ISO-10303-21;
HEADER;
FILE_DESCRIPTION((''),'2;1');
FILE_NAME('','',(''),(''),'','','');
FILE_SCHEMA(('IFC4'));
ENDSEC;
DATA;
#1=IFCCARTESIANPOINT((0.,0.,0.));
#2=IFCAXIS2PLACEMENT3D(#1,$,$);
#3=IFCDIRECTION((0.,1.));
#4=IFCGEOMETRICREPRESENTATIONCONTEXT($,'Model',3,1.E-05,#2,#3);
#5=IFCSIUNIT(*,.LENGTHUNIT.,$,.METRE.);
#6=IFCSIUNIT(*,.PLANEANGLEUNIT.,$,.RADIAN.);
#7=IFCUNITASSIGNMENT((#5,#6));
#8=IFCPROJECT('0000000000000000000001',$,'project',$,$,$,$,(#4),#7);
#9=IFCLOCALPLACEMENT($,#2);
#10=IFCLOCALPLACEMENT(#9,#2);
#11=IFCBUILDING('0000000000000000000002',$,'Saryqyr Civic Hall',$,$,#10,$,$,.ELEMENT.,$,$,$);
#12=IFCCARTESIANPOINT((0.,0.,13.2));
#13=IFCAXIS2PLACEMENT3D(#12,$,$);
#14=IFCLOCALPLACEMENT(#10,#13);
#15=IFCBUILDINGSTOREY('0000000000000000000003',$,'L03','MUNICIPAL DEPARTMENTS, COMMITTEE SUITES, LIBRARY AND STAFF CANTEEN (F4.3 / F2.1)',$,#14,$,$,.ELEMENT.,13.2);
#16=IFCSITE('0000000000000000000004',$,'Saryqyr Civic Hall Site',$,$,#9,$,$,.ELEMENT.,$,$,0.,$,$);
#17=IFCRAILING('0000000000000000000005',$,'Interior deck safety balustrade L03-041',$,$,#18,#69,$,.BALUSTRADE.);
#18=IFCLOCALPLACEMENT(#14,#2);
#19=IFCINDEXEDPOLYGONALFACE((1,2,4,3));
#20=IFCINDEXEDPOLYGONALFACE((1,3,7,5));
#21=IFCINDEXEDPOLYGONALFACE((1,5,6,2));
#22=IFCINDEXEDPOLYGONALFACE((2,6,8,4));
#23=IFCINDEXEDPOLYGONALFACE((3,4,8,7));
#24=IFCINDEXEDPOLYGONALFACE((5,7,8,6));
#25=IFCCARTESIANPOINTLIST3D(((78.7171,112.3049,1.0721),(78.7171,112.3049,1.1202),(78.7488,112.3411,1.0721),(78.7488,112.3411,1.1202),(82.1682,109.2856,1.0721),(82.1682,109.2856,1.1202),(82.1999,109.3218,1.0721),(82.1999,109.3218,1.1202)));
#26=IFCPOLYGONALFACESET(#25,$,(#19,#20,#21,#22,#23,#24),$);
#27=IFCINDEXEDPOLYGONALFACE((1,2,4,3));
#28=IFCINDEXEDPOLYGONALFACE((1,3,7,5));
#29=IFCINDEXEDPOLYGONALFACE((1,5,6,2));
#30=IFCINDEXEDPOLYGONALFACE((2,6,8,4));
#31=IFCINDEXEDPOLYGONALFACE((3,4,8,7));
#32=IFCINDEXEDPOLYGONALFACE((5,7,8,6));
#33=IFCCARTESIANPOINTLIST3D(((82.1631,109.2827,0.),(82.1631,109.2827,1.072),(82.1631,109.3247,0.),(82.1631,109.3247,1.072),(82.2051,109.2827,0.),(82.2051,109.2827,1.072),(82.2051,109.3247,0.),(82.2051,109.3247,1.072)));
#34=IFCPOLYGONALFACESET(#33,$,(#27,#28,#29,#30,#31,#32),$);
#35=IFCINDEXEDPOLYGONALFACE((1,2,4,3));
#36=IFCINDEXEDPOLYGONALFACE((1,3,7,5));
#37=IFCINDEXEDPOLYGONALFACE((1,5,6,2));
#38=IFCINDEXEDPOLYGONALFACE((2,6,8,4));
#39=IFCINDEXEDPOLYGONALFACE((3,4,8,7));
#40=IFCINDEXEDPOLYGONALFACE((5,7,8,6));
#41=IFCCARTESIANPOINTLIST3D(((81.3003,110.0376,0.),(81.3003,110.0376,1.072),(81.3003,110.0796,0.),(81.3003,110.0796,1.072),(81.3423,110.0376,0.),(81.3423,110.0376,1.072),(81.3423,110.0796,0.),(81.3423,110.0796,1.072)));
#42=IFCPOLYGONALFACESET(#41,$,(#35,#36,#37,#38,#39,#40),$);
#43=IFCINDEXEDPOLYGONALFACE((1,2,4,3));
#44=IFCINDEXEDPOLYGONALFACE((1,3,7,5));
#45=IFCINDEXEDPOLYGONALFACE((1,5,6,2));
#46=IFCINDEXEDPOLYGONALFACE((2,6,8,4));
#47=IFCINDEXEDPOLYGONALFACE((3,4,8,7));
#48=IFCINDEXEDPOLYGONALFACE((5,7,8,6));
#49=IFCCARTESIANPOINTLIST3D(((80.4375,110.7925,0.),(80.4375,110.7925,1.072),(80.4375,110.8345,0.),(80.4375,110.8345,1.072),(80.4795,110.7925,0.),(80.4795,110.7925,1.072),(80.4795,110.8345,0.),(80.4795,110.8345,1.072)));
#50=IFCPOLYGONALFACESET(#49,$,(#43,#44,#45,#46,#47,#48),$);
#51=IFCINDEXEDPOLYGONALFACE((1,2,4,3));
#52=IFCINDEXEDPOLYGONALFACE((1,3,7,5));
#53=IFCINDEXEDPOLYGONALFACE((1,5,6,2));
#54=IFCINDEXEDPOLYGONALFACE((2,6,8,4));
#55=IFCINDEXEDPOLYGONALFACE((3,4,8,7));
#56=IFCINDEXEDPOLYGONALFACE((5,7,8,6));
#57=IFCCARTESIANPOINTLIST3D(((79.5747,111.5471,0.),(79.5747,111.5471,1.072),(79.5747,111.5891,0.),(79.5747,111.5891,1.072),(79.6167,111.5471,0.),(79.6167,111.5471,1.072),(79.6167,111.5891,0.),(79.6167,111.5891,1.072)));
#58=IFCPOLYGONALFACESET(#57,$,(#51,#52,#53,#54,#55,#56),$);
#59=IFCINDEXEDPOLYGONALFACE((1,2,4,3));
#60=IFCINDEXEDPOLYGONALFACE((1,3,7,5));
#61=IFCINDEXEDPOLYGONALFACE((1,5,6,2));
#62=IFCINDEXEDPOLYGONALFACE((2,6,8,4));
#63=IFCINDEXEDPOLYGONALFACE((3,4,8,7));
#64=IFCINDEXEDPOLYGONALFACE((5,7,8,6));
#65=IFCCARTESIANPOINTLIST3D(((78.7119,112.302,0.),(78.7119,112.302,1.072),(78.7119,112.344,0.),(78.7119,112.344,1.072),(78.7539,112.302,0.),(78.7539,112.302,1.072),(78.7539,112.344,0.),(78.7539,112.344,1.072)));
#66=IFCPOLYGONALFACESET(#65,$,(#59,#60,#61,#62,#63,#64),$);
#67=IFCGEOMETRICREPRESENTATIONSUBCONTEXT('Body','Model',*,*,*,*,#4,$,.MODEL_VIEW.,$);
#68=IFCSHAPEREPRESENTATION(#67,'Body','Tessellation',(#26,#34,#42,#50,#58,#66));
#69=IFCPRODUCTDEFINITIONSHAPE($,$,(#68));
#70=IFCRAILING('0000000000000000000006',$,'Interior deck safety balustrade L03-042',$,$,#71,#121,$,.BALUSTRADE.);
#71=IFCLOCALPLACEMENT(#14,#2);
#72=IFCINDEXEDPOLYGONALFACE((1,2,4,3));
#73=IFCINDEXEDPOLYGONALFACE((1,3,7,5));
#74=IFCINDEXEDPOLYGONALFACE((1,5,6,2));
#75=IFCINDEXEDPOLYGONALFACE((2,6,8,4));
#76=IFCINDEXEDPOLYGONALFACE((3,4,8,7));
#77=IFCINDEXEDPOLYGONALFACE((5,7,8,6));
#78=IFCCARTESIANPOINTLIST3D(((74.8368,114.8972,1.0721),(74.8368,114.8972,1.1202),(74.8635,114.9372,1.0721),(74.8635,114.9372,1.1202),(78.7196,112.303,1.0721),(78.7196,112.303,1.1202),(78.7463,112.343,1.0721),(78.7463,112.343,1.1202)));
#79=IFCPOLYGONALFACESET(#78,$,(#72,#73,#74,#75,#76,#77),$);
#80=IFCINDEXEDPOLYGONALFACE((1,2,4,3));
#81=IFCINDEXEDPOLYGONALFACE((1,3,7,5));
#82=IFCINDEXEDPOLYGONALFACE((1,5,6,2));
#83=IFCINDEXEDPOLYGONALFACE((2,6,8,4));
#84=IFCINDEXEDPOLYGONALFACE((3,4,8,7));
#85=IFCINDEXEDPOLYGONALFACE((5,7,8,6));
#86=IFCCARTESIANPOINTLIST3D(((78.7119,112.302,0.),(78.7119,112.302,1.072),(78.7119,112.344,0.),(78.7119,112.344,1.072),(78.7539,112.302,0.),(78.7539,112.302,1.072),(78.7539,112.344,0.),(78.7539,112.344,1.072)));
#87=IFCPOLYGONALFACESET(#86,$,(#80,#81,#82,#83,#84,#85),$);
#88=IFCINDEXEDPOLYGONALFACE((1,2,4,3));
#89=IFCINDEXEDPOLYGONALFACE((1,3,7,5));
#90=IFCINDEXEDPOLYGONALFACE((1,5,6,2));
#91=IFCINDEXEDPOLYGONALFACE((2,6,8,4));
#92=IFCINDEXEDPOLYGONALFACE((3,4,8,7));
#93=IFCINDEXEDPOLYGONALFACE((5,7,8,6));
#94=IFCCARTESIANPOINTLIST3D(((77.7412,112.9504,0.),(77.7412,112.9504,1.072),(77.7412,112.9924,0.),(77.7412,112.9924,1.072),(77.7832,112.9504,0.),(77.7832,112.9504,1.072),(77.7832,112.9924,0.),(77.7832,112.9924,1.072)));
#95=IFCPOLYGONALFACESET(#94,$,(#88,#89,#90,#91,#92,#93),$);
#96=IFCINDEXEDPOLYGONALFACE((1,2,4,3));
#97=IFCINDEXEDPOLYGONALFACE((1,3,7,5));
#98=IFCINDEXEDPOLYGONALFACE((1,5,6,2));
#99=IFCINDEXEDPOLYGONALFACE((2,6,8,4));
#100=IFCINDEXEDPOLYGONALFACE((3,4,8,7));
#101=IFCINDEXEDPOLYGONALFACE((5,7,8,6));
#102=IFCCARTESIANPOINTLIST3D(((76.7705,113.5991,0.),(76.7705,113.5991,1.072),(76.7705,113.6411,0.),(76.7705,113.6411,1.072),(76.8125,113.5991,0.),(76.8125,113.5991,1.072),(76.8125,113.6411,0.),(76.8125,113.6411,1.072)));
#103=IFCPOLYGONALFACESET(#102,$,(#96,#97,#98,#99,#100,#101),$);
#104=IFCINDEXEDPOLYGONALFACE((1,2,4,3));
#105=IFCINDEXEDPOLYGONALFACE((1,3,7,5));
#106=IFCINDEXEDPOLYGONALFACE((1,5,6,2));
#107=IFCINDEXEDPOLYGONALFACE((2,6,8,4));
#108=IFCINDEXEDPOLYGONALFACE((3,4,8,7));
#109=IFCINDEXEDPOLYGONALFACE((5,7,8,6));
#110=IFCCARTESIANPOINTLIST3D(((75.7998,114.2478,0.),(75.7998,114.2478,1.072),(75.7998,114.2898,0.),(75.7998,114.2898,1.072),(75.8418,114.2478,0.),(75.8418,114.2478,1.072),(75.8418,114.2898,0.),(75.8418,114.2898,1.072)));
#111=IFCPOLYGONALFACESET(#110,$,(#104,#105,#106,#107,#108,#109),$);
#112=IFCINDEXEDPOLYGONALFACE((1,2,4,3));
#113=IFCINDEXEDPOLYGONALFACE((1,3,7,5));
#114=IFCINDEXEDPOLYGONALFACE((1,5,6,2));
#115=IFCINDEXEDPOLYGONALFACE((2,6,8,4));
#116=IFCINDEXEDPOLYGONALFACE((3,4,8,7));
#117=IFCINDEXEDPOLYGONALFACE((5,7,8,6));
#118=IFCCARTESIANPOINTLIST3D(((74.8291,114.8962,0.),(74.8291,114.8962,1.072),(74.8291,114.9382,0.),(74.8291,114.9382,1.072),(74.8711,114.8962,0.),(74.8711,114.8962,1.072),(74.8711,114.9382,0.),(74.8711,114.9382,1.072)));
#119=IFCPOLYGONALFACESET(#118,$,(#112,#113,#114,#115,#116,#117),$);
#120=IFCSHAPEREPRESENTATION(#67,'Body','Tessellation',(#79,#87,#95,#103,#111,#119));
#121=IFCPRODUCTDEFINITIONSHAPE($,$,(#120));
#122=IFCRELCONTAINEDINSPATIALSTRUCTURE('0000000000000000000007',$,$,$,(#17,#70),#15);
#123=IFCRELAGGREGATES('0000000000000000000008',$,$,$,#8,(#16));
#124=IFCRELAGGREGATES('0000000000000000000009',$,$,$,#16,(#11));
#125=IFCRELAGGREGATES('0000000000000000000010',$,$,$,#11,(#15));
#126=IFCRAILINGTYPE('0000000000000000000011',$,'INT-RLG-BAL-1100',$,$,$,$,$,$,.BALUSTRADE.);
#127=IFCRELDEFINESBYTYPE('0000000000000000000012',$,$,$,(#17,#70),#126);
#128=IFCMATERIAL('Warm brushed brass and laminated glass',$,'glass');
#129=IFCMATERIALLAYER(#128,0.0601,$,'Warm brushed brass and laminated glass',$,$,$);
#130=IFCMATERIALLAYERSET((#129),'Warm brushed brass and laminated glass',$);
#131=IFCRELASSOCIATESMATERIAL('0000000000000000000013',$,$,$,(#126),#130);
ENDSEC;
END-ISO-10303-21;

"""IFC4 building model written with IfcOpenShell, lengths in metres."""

from ifc_helpers import new_model, si_unit, direction, frame, origin, origin_2d, place, context, subcontext, project, spatial, rectangle, extrude, material, layer, layer_set, type_object, element, save


model = new_model("IFC4")

# Units and contexts
model_context = context("Model", 3, precision=1e-05, world=origin(), true_north=direction((0.0, 1.0)))
body_context = subcontext(model_context, "Body", "Model", "MODEL_VIEW")
ifc_project = project(units=[si_unit("LENGTHUNIT", "METRE"), si_unit("PLANEANGLEUNIT", "RADIAN")], contexts=[model_context])

# Site, building, storey
site_placement = place(None, origin())
site = spatial("IfcSite", under=ifc_project, at=site_placement, Name="Saryqyr Civic Hall Site", CompositionType="ELEMENT", RefElevation=0.0)
building_placement = place(site_placement, origin())
building = spatial("IfcBuilding", under=site, at=building_placement, Name="Saryqyr Civic Hall", CompositionType="ELEMENT")
storey_placement = place(building_placement, frame((0.0, 0.0, 13.2)))
storey = spatial("IfcBuildingStorey", under=building, at=storey_placement, Name="L03", Description="MUNICIPAL DEPARTMENTS, COMMITTEE SUITES, LIBRARY AND STAFF CANTEEN (F4.3 / F2.1)", CompositionType="ELEMENT", Elevation=13.2)

# Railings
ifc_material_1 = material(Name="Warm brushed brass and laminated glass", Category="glass")
ifc_layer_1 = layer(ifc_material_1, 0.0601, Name="Warm brushed brass and laminated glass")
ifc_layer_set_1 = layer_set([ifc_layer_1], Name="Warm brushed brass and laminated glass")
railing_type = type_object("IfcRailingType", Name="INT-RLG-BAL-1100", PredefinedType="BALUSTRADE", material=ifc_layer_set_1)
railing_1_placement = place(storey_placement, frame((82.1841, 109.3037, 0.0)))
element("IfcRailing", 1, at=railing_1_placement, inside=storey, type_object=railing_type, Name="Interior deck safety balustrade L03-041", PredefinedType="BALUSTRADE", context=body_context, shape_type="SweptSolid", body=[
    extrude(rectangle(XDim=0.0481, YDim=0.0481, at=origin_2d()), frame((0.0, 0.0, 1.0962), z_axis=(-0.752629, 0.658444, 0.0), x_axis=(-0.658444, -0.752629, 0.0)), (0.0, 0.0, 1.0), 4.5854),
    extrude(rectangle(XDim=0.042, YDim=0.042, at=origin_2d()), origin(), (0.0, 0.0, 1.0), 1.072),
    extrude(rectangle(XDim=0.042, YDim=0.042, at=origin_2d()), frame((-0.8628, 0.7549, 0.0)), (0.0, 0.0, 1.0), 1.072),
    extrude(rectangle(XDim=0.042, YDim=0.042, at=origin_2d()), frame((-1.7256, 1.5098, 0.0)), (0.0, 0.0, 1.0), 1.072),
    extrude(rectangle(XDim=0.042, YDim=0.042, at=origin_2d()), frame((-2.5884, 2.2644, 0.0)), (0.0, 0.0, 1.0), 1.072),
    extrude(rectangle(XDim=0.042, YDim=0.042, at=origin_2d()), frame((-3.4512, 3.0193, 0.0)), (0.0, 0.0, 1.0), 1.072),
])
railing_2_placement = place(storey_placement, frame((78.7329, 112.323, 0.0)))
element("IfcRailing", 2, at=railing_2_placement, inside=storey, type_object=railing_type, Name="Interior deck safety balustrade L03-042", PredefinedType="BALUSTRADE", context=body_context, shape_type="SweptSolid", body=[
    extrude(rectangle(XDim=0.0481, YDim=0.0481, at=origin_2d()), frame((0.0, 0.0, 1.0962), z_axis=(-0.831487, 0.555544, 0.0), x_axis=(-0.555544, -0.831487, 0.0)), (0.0, 0.0, 1.0), 4.6697),
    extrude(rectangle(XDim=0.042, YDim=0.042, at=origin_2d()), origin(), (0.0, 0.0, 1.0), 1.072),
    extrude(rectangle(XDim=0.042, YDim=0.042, at=origin_2d()), frame((-0.9707, 0.6484, 0.0)), (0.0, 0.0, 1.0), 1.072),
    extrude(rectangle(XDim=0.042, YDim=0.042, at=origin_2d()), frame((-1.9414, 1.2971, 0.0)), (0.0, 0.0, 1.0), 1.072),
    extrude(rectangle(XDim=0.042, YDim=0.042, at=origin_2d()), frame((-2.9121, 1.9458, 0.0)), (0.0, 0.0, 1.0), 1.072),
    extrude(rectangle(XDim=0.042, YDim=0.042, at=origin_2d()), frame((-3.8828, 2.5942, 0.0)), (0.0, 0.0, 1.0), 1.072),
])

save(model, "model.ifc")
